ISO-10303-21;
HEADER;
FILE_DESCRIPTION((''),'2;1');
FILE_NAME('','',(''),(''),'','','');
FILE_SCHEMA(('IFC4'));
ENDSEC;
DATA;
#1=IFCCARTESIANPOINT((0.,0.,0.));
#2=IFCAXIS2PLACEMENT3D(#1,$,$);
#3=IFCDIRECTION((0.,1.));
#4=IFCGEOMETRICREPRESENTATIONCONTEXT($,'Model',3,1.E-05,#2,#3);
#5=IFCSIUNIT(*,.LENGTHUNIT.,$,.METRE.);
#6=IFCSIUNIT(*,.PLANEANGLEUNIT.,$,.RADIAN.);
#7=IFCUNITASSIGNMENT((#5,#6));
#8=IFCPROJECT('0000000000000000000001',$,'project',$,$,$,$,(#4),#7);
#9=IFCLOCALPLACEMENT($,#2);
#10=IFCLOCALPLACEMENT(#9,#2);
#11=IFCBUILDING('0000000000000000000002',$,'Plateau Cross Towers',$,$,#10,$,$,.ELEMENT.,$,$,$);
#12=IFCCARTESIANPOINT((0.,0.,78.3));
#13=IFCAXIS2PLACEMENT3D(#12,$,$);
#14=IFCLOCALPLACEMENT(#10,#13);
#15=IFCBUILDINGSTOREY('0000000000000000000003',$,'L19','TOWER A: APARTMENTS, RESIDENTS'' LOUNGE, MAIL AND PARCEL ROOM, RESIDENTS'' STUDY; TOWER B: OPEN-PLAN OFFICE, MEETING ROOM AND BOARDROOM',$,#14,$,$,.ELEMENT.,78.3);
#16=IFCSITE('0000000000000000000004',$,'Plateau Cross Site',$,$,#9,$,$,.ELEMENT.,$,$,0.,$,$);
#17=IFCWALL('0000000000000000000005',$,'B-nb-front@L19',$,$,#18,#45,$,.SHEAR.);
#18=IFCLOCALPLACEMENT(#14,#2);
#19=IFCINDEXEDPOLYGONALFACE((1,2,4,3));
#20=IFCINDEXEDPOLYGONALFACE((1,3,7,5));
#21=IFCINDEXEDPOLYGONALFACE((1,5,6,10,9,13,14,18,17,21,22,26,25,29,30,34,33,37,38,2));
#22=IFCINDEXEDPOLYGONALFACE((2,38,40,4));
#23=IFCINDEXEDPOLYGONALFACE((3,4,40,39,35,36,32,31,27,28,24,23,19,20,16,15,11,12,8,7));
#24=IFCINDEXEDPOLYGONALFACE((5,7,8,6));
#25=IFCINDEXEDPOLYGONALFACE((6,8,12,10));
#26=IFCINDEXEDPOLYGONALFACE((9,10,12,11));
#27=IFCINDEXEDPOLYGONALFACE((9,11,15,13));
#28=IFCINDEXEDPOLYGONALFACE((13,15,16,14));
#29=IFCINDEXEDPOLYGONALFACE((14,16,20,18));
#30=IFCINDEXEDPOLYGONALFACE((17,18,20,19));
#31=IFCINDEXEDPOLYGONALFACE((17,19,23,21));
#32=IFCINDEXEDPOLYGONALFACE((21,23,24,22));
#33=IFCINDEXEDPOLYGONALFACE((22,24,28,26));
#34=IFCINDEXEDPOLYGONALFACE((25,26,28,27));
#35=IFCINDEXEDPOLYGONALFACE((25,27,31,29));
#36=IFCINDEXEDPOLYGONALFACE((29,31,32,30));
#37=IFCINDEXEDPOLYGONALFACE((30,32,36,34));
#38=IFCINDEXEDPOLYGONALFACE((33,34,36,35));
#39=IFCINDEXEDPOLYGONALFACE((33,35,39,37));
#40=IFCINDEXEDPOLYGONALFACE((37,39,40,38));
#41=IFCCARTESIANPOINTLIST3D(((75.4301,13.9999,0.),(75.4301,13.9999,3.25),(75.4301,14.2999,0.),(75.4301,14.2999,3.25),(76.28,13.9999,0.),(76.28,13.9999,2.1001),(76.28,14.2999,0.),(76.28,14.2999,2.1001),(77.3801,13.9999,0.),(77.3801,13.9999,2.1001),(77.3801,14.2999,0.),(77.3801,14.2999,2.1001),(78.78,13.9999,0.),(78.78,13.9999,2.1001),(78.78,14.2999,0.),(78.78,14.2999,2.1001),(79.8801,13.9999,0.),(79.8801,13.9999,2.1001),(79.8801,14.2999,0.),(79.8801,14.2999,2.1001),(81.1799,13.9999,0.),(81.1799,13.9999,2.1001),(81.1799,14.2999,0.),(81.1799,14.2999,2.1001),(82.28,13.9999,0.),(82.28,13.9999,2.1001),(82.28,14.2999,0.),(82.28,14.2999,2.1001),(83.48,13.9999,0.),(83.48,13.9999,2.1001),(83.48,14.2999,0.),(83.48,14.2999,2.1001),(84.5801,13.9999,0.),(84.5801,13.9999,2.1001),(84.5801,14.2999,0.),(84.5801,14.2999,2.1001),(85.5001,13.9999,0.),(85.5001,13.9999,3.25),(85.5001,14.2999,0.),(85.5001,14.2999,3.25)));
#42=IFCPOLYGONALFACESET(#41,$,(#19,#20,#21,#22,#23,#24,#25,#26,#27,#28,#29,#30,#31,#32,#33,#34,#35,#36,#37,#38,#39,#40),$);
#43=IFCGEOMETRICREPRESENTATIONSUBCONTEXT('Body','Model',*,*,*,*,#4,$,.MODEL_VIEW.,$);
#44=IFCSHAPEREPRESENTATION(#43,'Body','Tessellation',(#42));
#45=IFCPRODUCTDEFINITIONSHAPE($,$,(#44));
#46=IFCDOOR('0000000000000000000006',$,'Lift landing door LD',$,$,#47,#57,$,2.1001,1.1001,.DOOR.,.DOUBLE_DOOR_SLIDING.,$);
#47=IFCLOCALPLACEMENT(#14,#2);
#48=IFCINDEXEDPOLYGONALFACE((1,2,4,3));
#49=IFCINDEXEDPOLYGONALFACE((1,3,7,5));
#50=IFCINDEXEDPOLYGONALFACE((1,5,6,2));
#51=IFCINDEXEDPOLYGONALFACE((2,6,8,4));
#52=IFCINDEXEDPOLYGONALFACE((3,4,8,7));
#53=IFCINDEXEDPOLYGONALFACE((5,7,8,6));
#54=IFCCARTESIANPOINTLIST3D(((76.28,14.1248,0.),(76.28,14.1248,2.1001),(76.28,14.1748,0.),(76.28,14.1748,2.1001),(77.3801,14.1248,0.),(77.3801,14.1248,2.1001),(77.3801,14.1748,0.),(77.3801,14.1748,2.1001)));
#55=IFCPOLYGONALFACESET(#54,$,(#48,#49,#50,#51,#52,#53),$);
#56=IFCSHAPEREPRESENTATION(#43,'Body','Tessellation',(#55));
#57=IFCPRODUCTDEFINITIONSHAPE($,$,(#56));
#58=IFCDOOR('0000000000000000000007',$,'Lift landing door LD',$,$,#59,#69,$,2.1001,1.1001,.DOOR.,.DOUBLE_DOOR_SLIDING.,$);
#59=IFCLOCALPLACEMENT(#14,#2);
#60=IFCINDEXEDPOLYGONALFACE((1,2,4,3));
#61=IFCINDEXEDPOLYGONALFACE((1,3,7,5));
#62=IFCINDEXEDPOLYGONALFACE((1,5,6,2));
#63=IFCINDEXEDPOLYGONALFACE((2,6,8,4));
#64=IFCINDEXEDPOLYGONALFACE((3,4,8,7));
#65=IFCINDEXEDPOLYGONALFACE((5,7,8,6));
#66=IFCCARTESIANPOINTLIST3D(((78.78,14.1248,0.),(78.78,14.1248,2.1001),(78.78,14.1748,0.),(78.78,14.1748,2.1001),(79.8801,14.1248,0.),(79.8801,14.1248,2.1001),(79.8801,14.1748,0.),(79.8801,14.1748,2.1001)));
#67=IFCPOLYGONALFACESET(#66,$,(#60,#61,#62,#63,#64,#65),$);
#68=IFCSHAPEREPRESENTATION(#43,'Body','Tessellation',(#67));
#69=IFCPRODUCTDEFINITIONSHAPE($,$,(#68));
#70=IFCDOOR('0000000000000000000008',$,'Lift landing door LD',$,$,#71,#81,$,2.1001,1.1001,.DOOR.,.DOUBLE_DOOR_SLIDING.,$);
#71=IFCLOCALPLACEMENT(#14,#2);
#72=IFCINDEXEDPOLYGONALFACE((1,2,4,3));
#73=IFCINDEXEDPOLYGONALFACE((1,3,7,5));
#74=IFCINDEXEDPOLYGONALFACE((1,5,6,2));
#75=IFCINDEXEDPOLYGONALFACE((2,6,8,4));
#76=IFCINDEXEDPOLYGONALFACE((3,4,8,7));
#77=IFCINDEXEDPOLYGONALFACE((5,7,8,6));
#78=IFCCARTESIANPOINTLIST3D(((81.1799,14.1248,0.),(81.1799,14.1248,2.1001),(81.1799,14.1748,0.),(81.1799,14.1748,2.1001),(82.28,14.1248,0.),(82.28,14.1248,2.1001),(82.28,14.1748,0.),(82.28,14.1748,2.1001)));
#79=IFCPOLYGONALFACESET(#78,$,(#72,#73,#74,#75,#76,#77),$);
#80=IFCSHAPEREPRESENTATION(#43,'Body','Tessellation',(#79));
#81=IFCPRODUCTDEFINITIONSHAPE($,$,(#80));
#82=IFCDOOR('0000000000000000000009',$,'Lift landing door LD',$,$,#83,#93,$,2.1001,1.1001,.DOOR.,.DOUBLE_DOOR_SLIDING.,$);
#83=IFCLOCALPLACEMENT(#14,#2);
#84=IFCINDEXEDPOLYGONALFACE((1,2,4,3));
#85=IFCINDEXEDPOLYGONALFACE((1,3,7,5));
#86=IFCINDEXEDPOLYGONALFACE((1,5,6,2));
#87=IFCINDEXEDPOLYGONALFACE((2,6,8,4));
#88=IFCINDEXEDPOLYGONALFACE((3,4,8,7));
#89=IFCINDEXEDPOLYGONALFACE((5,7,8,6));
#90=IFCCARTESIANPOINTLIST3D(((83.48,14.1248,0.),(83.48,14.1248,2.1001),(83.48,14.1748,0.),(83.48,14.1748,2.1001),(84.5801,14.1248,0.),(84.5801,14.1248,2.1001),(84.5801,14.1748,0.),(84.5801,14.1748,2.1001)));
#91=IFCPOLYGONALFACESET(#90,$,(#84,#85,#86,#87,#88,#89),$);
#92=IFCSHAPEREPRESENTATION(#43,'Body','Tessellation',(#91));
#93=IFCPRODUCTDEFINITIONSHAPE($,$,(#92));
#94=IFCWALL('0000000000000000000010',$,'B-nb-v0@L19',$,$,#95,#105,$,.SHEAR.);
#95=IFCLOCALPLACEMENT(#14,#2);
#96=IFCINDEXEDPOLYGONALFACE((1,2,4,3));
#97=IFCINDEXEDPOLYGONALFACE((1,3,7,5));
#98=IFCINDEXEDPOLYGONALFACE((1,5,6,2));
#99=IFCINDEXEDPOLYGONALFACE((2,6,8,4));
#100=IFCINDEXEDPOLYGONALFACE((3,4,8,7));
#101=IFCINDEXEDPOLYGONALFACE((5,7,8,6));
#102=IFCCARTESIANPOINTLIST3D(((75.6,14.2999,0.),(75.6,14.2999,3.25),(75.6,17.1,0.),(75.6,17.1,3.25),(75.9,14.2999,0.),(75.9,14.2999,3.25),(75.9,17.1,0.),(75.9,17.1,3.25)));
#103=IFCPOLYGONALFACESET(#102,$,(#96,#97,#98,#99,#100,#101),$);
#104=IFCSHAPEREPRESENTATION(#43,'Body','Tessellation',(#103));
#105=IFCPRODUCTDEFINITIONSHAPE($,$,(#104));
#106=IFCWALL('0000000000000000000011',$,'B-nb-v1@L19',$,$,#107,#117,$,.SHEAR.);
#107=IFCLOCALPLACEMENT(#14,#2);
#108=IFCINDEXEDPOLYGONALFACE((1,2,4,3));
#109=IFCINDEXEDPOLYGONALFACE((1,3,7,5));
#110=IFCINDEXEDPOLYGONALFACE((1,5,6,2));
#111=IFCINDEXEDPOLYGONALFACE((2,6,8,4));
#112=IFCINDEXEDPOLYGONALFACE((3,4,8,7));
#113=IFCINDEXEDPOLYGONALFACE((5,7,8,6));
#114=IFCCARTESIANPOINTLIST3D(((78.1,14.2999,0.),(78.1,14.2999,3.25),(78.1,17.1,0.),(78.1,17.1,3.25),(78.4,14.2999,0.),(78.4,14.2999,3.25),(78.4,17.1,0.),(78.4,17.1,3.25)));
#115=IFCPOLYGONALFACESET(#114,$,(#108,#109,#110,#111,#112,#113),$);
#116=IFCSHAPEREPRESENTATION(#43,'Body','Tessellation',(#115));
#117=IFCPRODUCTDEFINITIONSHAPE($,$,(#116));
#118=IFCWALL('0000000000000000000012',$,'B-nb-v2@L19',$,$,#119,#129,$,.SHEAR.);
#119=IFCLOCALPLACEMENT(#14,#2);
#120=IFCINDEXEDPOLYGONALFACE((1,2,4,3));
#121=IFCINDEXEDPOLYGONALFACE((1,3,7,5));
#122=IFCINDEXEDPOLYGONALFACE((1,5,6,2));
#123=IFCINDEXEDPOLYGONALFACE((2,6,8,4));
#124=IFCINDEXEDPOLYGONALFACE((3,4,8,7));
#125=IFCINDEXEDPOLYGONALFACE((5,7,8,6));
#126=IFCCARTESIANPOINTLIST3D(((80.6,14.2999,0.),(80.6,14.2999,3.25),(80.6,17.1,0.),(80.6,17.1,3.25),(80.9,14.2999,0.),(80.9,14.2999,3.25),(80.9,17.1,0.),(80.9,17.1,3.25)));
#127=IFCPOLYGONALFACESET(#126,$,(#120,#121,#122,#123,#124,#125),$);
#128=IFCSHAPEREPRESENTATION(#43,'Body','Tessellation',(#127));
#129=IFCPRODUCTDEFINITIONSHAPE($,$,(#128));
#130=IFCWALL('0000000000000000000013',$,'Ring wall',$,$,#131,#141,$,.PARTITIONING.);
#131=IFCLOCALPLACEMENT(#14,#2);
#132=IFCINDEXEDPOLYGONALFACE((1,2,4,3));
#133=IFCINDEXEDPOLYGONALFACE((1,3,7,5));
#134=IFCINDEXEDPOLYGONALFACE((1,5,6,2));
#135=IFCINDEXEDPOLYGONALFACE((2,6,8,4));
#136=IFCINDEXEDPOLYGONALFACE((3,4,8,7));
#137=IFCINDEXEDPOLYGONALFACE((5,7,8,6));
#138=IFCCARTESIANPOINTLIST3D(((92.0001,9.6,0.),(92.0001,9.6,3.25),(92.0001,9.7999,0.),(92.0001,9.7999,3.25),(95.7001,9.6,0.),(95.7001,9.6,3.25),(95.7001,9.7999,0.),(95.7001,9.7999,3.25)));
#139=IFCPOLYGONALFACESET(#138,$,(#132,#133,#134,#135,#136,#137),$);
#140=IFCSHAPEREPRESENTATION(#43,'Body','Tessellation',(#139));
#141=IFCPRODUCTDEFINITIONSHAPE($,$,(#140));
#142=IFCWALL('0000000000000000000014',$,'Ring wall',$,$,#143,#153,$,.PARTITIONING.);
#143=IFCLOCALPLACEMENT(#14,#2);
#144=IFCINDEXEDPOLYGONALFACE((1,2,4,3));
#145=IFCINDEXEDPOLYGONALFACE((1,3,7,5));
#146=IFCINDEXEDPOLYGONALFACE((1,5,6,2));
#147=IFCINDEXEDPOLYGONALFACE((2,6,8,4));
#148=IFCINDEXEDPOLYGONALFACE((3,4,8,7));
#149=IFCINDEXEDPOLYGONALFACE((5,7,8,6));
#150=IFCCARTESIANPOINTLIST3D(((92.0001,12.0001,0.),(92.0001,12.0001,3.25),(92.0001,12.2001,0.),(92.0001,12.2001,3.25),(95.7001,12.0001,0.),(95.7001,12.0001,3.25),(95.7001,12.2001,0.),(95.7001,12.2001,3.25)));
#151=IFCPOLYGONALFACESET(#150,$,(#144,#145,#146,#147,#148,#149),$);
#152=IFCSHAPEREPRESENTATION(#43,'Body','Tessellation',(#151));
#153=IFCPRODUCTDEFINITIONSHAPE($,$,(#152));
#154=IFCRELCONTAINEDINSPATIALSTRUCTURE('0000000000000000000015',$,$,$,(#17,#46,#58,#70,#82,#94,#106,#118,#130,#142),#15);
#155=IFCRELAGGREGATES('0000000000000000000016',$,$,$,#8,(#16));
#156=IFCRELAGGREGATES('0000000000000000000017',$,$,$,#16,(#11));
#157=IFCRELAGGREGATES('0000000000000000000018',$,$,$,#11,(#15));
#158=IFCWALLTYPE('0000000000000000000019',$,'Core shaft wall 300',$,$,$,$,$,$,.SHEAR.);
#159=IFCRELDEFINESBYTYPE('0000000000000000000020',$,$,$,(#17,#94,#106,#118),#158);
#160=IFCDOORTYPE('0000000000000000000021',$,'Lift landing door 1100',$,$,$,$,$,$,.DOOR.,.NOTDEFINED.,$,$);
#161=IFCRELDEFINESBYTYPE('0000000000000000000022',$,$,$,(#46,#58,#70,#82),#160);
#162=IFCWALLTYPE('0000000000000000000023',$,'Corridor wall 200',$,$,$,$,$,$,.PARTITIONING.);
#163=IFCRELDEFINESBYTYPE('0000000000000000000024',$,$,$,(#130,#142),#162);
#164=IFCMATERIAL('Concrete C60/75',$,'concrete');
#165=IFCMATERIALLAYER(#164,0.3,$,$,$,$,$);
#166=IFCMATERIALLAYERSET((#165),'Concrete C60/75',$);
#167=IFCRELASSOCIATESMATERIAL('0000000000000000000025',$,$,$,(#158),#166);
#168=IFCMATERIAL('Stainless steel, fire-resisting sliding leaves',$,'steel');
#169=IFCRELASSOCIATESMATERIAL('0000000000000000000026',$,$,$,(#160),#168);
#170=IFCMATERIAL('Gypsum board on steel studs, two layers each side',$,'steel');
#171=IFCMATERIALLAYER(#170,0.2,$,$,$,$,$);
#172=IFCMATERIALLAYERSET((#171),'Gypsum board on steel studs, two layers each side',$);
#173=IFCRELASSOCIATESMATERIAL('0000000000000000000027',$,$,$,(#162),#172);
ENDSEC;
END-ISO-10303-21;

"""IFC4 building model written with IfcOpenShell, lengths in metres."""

from ifc_helpers import new_model, si_unit, direction, frame, frame_2d, origin, place, context, subcontext, project, spatial, rectangle, extrude, material, layer, layer_set, type_object, element, fill, save


model = new_model("IFC4")

# Units and contexts
model_context = context("Model", 3, precision=1e-05, world=origin(), true_north=direction((0.0, 1.0)))
body_context = subcontext(model_context, "Body", "Model", "MODEL_VIEW")
ifc_project = project(units=[si_unit("LENGTHUNIT", "METRE"), si_unit("PLANEANGLEUNIT", "RADIAN")], contexts=[model_context])

# Site, building, storey
site_placement = place(None, origin())
site = spatial("IfcSite", under=ifc_project, at=site_placement, Name="Plateau Cross Site", CompositionType="ELEMENT", RefElevation=0.0)
building_placement = place(site_placement, origin())
building = spatial("IfcBuilding", under=site, at=building_placement, Name="Plateau Cross Towers", CompositionType="ELEMENT")
storey_placement = place(building_placement, frame((0.0, 0.0, 78.3)))
storey = spatial("IfcBuildingStorey", under=building, at=storey_placement, Name="L19", Description="TOWER A: APARTMENTS, RESIDENTS' LOUNGE, MAIL AND PARCEL ROOM, RESIDENTS' STUDY; TOWER B: OPEN-PLAN OFFICE, MEETING ROOM AND BOARDROOM", CompositionType="ELEMENT", Elevation=78.3)

# Shared definitions
ifc_material_1 = material(Name="Concrete C60/75", Category="concrete")

# Wall, openings, doors
ifc_layer_1 = layer(ifc_material_1, 0.3)
ifc_layer_set_1 = layer_set([ifc_layer_1], Name="Concrete C60/75")
wall_type_1 = type_object("IfcWallType", Name="Core shaft wall 300", PredefinedType="SHEAR", material=ifc_layer_set_1)
wall_1_placement = place(storey_placement, frame((75.4299, 14.1499, 0.0), z_axis=(0.0, 0.0, 1.0), x_axis=(1.0, 0.0, 0.0)))
wall_1 = element("IfcWall", 1, at=wall_1_placement, inside=storey, type_object=wall_type_1, Name="B-nb-front@L19", PredefinedType="SHEAR", context=body_context, shape_type="SweptSolid", body=[
    extrude(rectangle(XDim=10.0701, YDim=0.3, at=frame_2d((5.0352, 0.0))), origin(), (0.0, 0.0, 1.0), 3.25),
])
opening_1_placement = place(wall_1_placement, frame((0.8501, 0.0, 0.0)))
opening_1 = element("IfcOpeningElement", 2, at=opening_1_placement, cuts=wall_1, PredefinedType="OPENING", context=body_context, shape_type="SweptSolid", body=[
    extrude(rectangle(XDim=1.1001, YDim=2.1001, at=frame_2d((0.55, 1.05))), frame((0.0, 0.1599, 0.0), z_axis=(0.0, -1.0, 0.0), x_axis=(1.0, 0.0, 0.0)), (0.0, 0.0, 1.0), 0.3201),
])
opening_2_placement = place(wall_1_placement, frame((3.3501, 0.0, 0.0)))
opening_2 = element("IfcOpeningElement", 3, at=opening_2_placement, cuts=wall_1, PredefinedType="OPENING", context=body_context, shape_type="SweptSolid", body=[
    extrude(rectangle(XDim=1.1001, YDim=2.1001, at=frame_2d((0.55, 1.05))), frame((0.0, 0.1599, 0.0), z_axis=(0.0, -1.0, 0.0), x_axis=(1.0, 0.0, 0.0)), (0.0, 0.0, 1.0), 0.3201),
])
opening_3_placement = place(wall_1_placement, frame((5.75, 0.0, 0.0)))
opening_3 = element("IfcOpeningElement", 4, at=opening_3_placement, cuts=wall_1, PredefinedType="OPENING", context=body_context, shape_type="SweptSolid", body=[
    extrude(rectangle(XDim=1.1001, YDim=2.1001, at=frame_2d((0.55, 1.05))), frame((0.0, 0.1599, 0.0), z_axis=(0.0, -1.0, 0.0), x_axis=(1.0, 0.0, 0.0)), (0.0, 0.0, 1.0), 0.3201),
])
opening_4_placement = place(wall_1_placement, frame((8.05, 0.0, 0.0)))
opening_4 = element("IfcOpeningElement", 5, at=opening_4_placement, cuts=wall_1, PredefinedType="OPENING", context=body_context, shape_type="SweptSolid", body=[
    extrude(rectangle(XDim=1.1001, YDim=2.1001, at=frame_2d((0.55, 1.05))), frame((0.0, 0.1599, 0.0), z_axis=(0.0, -1.0, 0.0), x_axis=(1.0, 0.0, 0.0)), (0.0, 0.0, 1.0), 0.3201),
])
ifc_material_2 = material(Name="Stainless steel, fire-resisting sliding leaves", Category="steel")
door_type_1 = type_object("IfcDoorType", Name="Lift landing door 1100", OperationType="NOTDEFINED", PredefinedType="DOOR", material=ifc_material_2)
door_1_placement = place(opening_1_placement, origin())
door_1 = element("IfcDoor", 6, at=door_1_placement, inside=storey, type_object=door_type_1, Name="Lift landing door LD", OperationType="DOUBLE_DOOR_SLIDING", OverallHeight=2.1001, OverallWidth=1.1001, PredefinedType="DOOR", context=body_context, shape_type="SweptSolid", body=[
    extrude(rectangle(XDim=1.1001, YDim=2.1001, at=frame_2d((0.55, 1.05))), frame((0.0, 0.0249, 0.0), z_axis=(0.0, -1.0, 0.0), x_axis=(1.0, 0.0, 0.0)), (0.0, 0.0, 1.0), 0.05),
])
fill(opening_1, door_1)
door_2_placement = place(opening_2_placement, origin())
door_2 = element("IfcDoor", 7, at=door_2_placement, inside=storey, type_object=door_type_1, Name="Lift landing door LD", OperationType="DOUBLE_DOOR_SLIDING", OverallHeight=2.1001, OverallWidth=1.1001, PredefinedType="DOOR", context=body_context, shape_type="SweptSolid", body=[
    extrude(rectangle(XDim=1.1001, YDim=2.1001, at=frame_2d((0.55, 1.05))), frame((0.0, 0.0249, 0.0), z_axis=(0.0, -1.0, 0.0), x_axis=(1.0, 0.0, 0.0)), (0.0, 0.0, 1.0), 0.05),
])
fill(opening_2, door_2)
door_3_placement = place(opening_3_placement, origin())
door_3 = element("IfcDoor", 8, at=door_3_placement, inside=storey, type_object=door_type_1, Name="Lift landing door LD", OperationType="DOUBLE_DOOR_SLIDING", OverallHeight=2.1001, OverallWidth=1.1001, PredefinedType="DOOR", context=body_context, shape_type="SweptSolid", body=[
    extrude(rectangle(XDim=1.1001, YDim=2.1001, at=frame_2d((0.55, 1.05))), frame((0.0, 0.0249, 0.0), z_axis=(0.0, -1.0, 0.0), x_axis=(1.0, 0.0, 0.0)), (0.0, 0.0, 1.0), 0.05),
])
fill(opening_3, door_3)
door_4_placement = place(opening_4_placement, origin())
door_4 = element("IfcDoor", 9, at=door_4_placement, inside=storey, type_object=door_type_1, Name="Lift landing door LD", OperationType="DOUBLE_DOOR_SLIDING", OverallHeight=2.1001, OverallWidth=1.1001, PredefinedType="DOOR", context=body_context, shape_type="SweptSolid", body=[
    extrude(rectangle(XDim=1.1001, YDim=2.1001, at=frame_2d((0.55, 1.05))), frame((0.0, 0.0249, 0.0), z_axis=(0.0, -1.0, 0.0), x_axis=(1.0, 0.0, 0.0)), (0.0, 0.0, 1.0), 0.05),
])
fill(opening_4, door_4)

# Walls
for number, where, z_axis, x_axis, name in (
    (10, (75.75, 14.3, 0.0), (0.0, 0.0, 1.0), (0.0, 1.0, 0.0), "B-nb-v0@L19"),
    (11, (78.25, 14.3, 0.0), (0.0, 0.0, 1.0), (0.0, 1.0, 0.0), "B-nb-v1@L19"),
    (12, (80.75, 14.3, 0.0), (0.0, 0.0, 1.0), (0.0, 1.0, 0.0), "B-nb-v2@L19"),
):
    element("IfcWall", number, at=place(storey_placement, frame(where, z_axis=z_axis, x_axis=x_axis)), inside=storey, type_object=wall_type_1, Name=name, PredefinedType="SHEAR", context=body_context, shape_type="SweptSolid", body=[
        extrude(rectangle(XDim=2.8, YDim=0.3, at=frame_2d((1.3999, 0.0))), origin(), (0.0, 0.0, 1.0), 3.25),
    ])

# Shared definitions
ifc_material_3 = material(Name="Gypsum board on steel studs, two layers each side", Category="steel")
ifc_layer_2 = layer(ifc_material_3, 0.2)
ifc_layer_set_2 = layer_set([ifc_layer_2], Name="Gypsum board on steel studs, two layers each side")
wall_type_2 = type_object("IfcWallType", Name="Corridor wall 200", PredefinedType="PARTITIONING", material=ifc_layer_set_2)

# Walls
for number, where, z_axis, x_axis, name in (
    (13, (92.0, 9.7, 0.0), (0.0, 0.0, 1.0), (1.0, 0.0, 0.0), "Ring wall"),
    (14, (92.0, 12.1001, 0.0), (0.0, 0.0, 1.0), (1.0, 0.0, 0.0), "Ring wall"),
):
    element("IfcWall", number, at=place(storey_placement, frame(where, z_axis=z_axis, x_axis=x_axis)), inside=storey, type_object=wall_type_2, Name=name, PredefinedType="PARTITIONING", context=body_context, shape_type="SweptSolid", body=[
        extrude(rectangle(XDim=3.7, YDim=0.2, at=frame_2d((1.8501, 0.0))), origin(), (0.0, 0.0, 1.0), 3.25),
    ])

save(model, "model.ifc")
